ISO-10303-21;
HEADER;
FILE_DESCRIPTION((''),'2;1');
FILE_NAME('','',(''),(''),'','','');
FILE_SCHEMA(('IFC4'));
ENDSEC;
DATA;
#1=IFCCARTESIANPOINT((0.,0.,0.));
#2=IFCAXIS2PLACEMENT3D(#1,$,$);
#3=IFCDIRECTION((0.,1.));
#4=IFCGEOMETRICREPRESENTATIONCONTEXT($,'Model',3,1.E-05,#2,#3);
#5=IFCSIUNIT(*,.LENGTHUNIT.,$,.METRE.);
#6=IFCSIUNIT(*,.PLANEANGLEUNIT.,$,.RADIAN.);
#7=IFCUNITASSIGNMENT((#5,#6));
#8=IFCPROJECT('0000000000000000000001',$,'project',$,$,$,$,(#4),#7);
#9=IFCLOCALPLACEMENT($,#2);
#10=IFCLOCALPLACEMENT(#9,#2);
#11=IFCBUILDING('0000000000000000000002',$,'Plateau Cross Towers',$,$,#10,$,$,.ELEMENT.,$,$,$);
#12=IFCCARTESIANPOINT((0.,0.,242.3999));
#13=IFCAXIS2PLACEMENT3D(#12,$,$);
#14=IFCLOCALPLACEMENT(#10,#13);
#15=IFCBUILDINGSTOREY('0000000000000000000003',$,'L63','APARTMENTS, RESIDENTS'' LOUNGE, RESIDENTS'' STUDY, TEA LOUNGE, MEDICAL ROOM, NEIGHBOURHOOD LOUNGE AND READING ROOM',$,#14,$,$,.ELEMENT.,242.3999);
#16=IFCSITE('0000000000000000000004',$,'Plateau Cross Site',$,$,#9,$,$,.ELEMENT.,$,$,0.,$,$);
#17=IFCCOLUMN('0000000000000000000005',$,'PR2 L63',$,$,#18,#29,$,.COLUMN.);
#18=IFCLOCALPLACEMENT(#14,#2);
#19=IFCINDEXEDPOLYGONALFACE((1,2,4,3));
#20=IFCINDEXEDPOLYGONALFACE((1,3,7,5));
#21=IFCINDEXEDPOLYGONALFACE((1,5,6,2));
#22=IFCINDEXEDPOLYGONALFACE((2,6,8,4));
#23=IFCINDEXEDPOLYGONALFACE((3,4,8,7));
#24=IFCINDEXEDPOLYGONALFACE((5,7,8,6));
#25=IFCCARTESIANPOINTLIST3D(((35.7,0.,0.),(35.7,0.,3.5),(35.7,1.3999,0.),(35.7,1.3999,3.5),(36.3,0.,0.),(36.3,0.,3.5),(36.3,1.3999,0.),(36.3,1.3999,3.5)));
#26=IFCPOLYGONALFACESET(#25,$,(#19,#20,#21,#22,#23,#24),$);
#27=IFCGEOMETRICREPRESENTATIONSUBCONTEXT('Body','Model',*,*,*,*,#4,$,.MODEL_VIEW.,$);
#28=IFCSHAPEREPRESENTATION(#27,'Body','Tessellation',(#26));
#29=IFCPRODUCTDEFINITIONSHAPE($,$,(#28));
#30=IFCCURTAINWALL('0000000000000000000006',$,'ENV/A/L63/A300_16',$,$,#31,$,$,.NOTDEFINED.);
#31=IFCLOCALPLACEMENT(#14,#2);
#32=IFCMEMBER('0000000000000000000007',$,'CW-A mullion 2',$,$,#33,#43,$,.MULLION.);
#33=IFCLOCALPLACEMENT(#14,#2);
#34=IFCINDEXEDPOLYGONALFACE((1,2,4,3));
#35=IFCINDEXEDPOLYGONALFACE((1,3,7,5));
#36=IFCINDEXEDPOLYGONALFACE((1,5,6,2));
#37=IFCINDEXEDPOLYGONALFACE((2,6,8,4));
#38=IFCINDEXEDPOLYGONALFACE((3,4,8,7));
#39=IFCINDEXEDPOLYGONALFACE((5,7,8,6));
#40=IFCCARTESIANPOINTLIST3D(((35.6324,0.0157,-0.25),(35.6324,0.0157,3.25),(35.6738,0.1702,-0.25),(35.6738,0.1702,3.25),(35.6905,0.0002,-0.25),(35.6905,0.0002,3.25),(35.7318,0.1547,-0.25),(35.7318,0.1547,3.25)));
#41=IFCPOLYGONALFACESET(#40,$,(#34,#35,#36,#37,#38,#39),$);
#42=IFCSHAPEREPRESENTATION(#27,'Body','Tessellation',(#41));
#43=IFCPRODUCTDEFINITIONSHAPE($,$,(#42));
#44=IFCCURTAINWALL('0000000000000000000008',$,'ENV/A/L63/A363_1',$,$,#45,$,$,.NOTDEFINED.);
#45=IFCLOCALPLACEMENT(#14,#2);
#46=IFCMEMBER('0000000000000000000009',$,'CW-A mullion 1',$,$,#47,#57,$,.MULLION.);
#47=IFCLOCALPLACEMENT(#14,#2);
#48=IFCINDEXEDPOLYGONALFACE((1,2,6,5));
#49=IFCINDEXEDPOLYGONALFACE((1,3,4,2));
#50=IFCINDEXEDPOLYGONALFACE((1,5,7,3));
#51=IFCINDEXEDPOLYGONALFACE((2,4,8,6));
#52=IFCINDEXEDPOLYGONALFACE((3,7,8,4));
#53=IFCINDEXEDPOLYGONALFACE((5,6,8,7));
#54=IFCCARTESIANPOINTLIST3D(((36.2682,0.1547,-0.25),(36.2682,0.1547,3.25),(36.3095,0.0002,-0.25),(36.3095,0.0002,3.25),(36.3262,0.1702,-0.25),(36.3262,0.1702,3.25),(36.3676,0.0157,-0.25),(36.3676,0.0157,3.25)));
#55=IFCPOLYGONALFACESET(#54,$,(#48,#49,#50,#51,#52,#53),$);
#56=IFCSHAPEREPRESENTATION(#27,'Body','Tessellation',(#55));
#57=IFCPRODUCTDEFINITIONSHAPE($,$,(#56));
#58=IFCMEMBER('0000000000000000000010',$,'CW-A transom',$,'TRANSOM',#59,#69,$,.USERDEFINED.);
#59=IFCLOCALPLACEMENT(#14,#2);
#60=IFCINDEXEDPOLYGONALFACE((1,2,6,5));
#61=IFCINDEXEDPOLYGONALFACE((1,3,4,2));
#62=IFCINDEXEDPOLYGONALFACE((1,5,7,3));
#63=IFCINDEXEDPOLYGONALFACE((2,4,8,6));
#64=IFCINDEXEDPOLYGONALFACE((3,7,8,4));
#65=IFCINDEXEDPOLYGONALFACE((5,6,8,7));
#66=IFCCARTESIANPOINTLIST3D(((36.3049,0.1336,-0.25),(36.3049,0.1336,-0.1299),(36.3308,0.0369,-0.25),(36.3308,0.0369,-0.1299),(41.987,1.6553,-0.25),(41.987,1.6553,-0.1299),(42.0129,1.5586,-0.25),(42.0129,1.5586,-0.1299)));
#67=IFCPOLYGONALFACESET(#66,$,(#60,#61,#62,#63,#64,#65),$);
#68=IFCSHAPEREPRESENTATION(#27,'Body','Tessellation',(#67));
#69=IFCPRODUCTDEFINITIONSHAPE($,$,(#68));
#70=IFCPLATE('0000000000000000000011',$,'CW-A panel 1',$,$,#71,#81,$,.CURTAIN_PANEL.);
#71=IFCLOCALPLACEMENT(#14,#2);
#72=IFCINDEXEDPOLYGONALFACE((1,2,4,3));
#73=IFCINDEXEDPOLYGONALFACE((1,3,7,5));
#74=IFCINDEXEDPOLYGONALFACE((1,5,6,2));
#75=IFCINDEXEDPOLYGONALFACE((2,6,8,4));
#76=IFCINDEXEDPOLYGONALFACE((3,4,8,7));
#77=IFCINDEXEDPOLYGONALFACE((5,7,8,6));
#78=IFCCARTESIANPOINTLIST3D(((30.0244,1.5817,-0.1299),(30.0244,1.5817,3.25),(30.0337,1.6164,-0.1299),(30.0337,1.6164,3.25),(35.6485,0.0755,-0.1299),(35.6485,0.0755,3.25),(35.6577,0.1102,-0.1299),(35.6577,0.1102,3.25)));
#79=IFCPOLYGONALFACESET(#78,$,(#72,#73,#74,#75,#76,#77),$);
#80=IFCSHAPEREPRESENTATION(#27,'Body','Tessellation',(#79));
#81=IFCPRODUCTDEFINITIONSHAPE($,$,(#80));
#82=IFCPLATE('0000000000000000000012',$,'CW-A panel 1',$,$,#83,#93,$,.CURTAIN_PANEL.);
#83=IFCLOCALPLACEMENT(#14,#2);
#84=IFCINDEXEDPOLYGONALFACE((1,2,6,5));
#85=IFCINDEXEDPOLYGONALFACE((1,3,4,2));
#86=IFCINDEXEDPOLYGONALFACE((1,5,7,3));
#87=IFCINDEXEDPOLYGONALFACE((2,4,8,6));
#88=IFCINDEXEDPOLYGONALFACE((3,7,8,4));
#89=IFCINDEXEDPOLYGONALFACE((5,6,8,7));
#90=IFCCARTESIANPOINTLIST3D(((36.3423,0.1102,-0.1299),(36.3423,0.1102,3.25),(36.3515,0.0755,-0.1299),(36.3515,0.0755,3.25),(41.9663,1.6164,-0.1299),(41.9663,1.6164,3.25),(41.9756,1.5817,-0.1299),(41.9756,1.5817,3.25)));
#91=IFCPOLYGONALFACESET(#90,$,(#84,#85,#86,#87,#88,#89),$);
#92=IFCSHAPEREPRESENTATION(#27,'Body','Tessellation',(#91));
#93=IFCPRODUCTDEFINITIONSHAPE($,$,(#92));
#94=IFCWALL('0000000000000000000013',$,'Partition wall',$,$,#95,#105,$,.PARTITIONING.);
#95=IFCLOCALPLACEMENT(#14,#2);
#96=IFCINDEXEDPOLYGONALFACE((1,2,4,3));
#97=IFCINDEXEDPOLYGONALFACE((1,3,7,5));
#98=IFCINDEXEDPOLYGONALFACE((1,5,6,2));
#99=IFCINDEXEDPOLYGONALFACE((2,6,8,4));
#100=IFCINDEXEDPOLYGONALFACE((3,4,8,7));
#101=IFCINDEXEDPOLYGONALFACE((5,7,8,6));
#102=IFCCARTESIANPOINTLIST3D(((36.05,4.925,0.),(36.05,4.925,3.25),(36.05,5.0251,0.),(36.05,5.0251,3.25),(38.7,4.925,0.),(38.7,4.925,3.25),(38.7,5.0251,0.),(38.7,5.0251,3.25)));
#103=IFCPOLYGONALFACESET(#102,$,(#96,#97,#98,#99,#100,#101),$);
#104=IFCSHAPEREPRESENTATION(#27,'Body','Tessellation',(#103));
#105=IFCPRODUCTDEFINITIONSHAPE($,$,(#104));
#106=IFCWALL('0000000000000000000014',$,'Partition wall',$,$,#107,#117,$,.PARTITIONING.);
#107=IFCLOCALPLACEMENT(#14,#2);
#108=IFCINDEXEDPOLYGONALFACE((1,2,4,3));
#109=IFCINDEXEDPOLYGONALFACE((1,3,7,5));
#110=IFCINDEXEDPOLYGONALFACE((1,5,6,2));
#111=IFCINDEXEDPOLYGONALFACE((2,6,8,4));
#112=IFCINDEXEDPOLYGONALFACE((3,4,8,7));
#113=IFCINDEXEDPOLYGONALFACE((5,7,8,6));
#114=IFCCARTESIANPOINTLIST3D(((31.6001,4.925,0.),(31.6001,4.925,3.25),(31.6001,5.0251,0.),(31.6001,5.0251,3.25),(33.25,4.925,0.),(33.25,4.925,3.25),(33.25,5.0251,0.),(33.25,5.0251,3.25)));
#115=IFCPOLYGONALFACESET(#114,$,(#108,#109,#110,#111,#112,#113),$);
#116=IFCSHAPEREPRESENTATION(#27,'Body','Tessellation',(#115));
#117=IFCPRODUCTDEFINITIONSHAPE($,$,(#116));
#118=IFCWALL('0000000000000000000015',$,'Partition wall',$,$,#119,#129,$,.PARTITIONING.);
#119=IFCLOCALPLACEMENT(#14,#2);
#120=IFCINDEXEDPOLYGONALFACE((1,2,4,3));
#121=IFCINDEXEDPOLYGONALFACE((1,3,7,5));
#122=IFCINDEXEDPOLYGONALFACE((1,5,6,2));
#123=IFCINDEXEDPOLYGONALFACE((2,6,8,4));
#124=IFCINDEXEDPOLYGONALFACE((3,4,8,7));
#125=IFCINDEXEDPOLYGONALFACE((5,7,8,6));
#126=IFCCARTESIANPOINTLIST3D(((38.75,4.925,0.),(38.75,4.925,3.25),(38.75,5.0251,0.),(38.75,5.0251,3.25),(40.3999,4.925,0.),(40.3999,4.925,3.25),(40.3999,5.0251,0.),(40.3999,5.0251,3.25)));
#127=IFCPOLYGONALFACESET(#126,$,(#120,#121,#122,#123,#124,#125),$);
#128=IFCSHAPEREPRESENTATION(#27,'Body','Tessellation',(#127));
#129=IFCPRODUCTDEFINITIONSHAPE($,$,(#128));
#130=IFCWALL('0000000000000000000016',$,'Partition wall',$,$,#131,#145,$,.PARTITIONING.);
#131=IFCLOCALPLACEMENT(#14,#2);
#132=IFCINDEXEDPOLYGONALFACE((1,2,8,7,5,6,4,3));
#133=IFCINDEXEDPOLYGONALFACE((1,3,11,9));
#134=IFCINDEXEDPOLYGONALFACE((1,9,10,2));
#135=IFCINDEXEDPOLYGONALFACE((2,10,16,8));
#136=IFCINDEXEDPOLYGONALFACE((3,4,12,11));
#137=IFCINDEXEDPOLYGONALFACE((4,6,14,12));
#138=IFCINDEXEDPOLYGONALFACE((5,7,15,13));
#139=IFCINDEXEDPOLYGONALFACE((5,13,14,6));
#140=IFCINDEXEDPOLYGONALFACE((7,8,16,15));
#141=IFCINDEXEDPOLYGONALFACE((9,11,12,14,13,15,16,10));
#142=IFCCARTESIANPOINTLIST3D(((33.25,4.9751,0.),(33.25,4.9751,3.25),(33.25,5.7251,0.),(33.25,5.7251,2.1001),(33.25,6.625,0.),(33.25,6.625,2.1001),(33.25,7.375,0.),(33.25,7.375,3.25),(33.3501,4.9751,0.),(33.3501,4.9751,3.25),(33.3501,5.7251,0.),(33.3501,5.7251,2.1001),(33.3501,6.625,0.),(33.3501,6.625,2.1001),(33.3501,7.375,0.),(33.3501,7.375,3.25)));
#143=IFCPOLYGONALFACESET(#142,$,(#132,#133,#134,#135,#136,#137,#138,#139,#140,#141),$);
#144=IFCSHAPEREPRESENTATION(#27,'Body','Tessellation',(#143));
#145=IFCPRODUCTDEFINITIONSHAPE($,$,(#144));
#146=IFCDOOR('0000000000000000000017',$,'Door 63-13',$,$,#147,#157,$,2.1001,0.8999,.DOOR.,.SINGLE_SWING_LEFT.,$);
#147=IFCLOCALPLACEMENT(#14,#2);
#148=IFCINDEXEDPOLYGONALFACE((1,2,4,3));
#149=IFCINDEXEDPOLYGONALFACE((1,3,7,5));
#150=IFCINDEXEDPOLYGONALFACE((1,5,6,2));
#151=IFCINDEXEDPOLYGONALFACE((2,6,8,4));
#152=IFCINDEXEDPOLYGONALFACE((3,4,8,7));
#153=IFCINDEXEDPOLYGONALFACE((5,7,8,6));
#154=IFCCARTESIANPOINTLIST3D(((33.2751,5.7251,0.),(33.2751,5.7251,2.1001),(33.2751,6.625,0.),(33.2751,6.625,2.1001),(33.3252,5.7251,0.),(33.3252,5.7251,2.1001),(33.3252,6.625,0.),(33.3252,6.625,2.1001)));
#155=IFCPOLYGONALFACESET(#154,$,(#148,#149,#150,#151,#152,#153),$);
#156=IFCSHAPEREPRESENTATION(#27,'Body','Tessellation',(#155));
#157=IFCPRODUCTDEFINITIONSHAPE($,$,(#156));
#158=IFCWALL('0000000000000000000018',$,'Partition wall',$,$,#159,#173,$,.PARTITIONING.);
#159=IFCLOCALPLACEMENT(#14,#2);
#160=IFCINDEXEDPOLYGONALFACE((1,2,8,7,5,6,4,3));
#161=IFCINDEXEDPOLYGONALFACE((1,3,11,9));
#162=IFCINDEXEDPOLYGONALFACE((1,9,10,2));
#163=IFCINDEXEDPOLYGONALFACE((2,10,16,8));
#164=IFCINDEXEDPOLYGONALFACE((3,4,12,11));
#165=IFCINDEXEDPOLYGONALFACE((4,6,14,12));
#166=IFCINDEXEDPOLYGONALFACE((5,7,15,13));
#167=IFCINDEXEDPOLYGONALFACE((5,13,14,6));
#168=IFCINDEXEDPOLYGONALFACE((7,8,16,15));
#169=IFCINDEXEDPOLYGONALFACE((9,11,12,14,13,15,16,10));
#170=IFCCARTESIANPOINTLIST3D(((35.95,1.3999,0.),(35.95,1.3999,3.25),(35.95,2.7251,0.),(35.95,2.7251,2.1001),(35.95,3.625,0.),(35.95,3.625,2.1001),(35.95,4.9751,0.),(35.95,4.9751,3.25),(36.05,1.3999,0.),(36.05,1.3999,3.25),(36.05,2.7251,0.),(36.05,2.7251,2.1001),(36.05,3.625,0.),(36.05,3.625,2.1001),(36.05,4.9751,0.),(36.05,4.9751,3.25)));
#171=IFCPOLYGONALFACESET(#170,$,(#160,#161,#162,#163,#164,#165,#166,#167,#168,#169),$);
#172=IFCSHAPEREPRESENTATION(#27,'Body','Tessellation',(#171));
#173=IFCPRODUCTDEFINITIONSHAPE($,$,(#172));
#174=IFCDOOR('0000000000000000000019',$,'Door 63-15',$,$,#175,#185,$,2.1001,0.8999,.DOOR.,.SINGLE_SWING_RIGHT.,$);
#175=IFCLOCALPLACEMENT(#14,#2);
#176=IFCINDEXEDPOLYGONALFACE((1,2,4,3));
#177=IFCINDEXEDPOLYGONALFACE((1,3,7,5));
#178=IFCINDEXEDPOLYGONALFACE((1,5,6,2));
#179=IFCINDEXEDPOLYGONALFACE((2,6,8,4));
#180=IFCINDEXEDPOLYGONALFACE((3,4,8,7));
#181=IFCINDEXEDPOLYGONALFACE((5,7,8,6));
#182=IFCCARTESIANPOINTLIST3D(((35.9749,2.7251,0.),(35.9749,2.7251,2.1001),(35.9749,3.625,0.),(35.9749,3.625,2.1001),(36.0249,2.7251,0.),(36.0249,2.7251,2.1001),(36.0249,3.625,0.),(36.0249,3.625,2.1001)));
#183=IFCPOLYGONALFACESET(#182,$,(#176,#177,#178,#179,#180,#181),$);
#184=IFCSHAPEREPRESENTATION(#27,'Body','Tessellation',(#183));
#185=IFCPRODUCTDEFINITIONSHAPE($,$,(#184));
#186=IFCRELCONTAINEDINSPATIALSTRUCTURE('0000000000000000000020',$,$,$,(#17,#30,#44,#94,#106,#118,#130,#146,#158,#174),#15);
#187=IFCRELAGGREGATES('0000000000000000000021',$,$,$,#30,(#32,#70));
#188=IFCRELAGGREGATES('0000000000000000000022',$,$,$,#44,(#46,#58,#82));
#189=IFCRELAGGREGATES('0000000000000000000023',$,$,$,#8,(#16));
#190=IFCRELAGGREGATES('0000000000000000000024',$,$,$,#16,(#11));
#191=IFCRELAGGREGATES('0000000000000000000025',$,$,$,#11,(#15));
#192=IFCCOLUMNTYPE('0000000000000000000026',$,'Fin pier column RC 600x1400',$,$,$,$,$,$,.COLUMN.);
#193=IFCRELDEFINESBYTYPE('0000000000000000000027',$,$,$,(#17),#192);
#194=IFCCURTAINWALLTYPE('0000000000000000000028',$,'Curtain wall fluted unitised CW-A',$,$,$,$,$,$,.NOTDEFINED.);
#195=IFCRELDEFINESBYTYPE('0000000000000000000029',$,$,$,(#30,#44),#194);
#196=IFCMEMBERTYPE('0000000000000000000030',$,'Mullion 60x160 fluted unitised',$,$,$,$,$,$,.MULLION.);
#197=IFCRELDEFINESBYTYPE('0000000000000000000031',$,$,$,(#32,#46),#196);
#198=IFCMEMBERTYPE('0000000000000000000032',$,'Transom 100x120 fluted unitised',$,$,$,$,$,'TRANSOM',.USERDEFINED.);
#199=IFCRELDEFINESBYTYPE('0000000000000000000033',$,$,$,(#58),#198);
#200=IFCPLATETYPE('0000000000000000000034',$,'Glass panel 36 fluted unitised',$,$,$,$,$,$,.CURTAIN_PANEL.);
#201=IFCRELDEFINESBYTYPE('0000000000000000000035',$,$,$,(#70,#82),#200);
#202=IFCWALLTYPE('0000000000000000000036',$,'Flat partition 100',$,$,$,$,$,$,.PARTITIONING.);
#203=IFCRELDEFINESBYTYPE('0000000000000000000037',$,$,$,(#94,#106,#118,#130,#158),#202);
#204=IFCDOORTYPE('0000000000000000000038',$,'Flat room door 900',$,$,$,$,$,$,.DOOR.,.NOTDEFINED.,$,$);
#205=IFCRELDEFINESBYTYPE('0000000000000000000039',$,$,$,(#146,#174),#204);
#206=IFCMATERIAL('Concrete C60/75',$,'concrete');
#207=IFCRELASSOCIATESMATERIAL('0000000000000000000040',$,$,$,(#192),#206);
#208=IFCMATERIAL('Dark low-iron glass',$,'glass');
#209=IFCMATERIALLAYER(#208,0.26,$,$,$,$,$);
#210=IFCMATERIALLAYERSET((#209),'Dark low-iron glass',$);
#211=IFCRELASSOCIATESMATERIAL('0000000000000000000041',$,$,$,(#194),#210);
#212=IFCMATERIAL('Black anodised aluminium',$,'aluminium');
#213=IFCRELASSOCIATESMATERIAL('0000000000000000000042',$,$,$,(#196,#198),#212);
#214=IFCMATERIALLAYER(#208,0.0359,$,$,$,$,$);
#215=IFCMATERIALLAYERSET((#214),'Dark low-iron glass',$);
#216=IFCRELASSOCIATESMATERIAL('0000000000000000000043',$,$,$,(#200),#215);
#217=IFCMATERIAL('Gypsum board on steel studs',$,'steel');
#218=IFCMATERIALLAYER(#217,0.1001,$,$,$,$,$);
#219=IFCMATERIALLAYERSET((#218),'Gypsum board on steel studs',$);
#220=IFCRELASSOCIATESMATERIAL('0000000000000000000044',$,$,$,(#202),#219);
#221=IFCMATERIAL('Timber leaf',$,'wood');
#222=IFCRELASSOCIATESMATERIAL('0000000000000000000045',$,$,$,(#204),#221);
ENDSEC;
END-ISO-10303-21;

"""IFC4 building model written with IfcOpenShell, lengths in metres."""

from ifc_helpers import new_model, si_unit, direction, frame, frame_2d, origin, origin_2d, place, context, subcontext, project, spatial, rectangle, extrude, material, layer, layer_set, material_profile, profile_set, type_object, element, fill, aggregate, save


model = new_model("IFC4")

# Units and contexts
model_context = context("Model", 3, precision=1e-05, world=origin(), true_north=direction((0.0, 1.0)))
body_context = subcontext(model_context, "Body", "Model", "MODEL_VIEW")
ifc_project = project(units=[si_unit("LENGTHUNIT", "METRE"), si_unit("PLANEANGLEUNIT", "RADIAN")], contexts=[model_context])

# Site, building, storey
site_placement = place(None, origin())
site = spatial("IfcSite", under=ifc_project, at=site_placement, Name="Plateau Cross Site", CompositionType="ELEMENT", RefElevation=0.0)
building_placement = place(site_placement, origin())
building = spatial("IfcBuilding", under=site, at=building_placement, Name="Plateau Cross Towers", CompositionType="ELEMENT")
storey_placement = place(building_placement, frame((0.0, 0.0, 242.3999)))
storey = spatial("IfcBuildingStorey", under=building, at=storey_placement, Name="L63", Description="APARTMENTS, RESIDENTS' LOUNGE, RESIDENTS' STUDY, TEA LOUNGE, MEDICAL ROOM, NEIGHBOURHOOD LOUNGE AND READING ROOM", CompositionType="ELEMENT", Elevation=242.3999)

# Column
ifc_material_1 = material(Name="Concrete C60/75", Category="concrete")
ifc_material_profile_1 = material_profile(ifc_material_1, rectangle(XDim=0.6001, YDim=1.3999, at=origin_2d()), Name="RC 600x1400")
ifc_profile_set_1 = profile_set([ifc_material_profile_1], Name="Concrete C60/75")
column_type = type_object("IfcColumnType", Name="Fin pier column RC 600x1400", PredefinedType="COLUMN", material=ifc_profile_set_1)
column_placement = place(storey_placement, frame((36.0, 0.7, 0.0), z_axis=(0.0, 0.0, 1.0), x_axis=(1.0, 0.0, 0.0)))
element("IfcColumn", 1, at=column_placement, inside=storey, type_object=column_type, Name="PR2 L63", PredefinedType="COLUMN", context=body_context, shape_type="SweptSolid", body=[
    extrude(rectangle(XDim=0.6001, YDim=1.3999, at=origin_2d()), origin(), (0.0, 0.0, 1.0), 3.5),
])

# Curtain wall, member
ifc_material_2 = material(Name="Dark low-iron glass", Category="glass")
ifc_layer_1 = layer(ifc_material_2, 0.26)
ifc_layer_set_1 = layer_set([ifc_layer_1], Name="Dark low-iron glass")
curtain_wall_type = type_object("IfcCurtainWallType", Name="Curtain wall fluted unitised CW-A", PredefinedType="NOTDEFINED", material=ifc_layer_set_1)
curtain_wall_1_placement = place(storey_placement, origin())
curtain_wall_1 = element("IfcCurtainWall", 2, at=curtain_wall_1_placement, inside=storey, type_object=curtain_wall_type, Name="ENV/A/L63/A300_16", PredefinedType="NOTDEFINED")
ifc_material_3 = material(Name="Black anodised aluminium", Category="aluminium")
ifc_material_profile_2 = material_profile(ifc_material_3, rectangle(XDim=0.0601, YDim=0.1599, at=origin_2d()), Name="MULLION 60x160")
ifc_profile_set_2 = profile_set([ifc_material_profile_2], Name="Black anodised aluminium")
member_type_1 = type_object("IfcMemberType", Name="Mullion 60x160 fluted unitised", PredefinedType="MULLION", material=ifc_profile_set_2)
member_1_placement = place(storey_placement, frame((35.6821, 0.0852, -0.25), z_axis=(0.0, 0.0, 1.0), x_axis=(0.965958, -0.258699, 0.0)))
member_1 = element("IfcMember", 3, at=member_1_placement, type_object=member_type_1, Name="CW-A mullion 2", PredefinedType="MULLION", context=body_context, shape_type="SweptSolid", body=[
    extrude(rectangle(XDim=0.0601, YDim=0.1599, at=origin_2d()), origin(), (0.0, 0.0, 1.0), 3.5),
])

# Curtain wall, members
curtain_wall_2_placement = place(storey_placement, origin())
curtain_wall_2 = element("IfcCurtainWall", 4, at=curtain_wall_2_placement, inside=storey, type_object=curtain_wall_type, Name="ENV/A/L63/A363_1", PredefinedType="NOTDEFINED")
member_2_placement = place(storey_placement, frame((36.3179, 0.0852, -0.25), z_axis=(0.0, 0.0, 1.0), x_axis=(0.965958, 0.258699, 0.0)))
member_2 = element("IfcMember", 5, at=member_2_placement, type_object=member_type_1, Name="CW-A mullion 1", PredefinedType="MULLION", context=body_context, shape_type="SweptSolid", body=[
    extrude(rectangle(XDim=0.0601, YDim=0.1599, at=origin_2d()), origin(), (0.0, 0.0, 1.0), 3.5),
])
ifc_material_profile_3 = material_profile(ifc_material_3, rectangle(XDim=0.1001, YDim=0.1201, at=origin_2d()), Name="TRANSOM 100x120")
ifc_profile_set_3 = profile_set([ifc_material_profile_3], Name="Black anodised aluminium")
member_type_2 = type_object("IfcMemberType", Name="Transom 100x120 fluted unitised", ElementType="TRANSOM", PredefinedType="USERDEFINED", material=ifc_profile_set_3)
member_3_placement = place(storey_placement, frame((36.3179, 0.0852, -0.1899), z_axis=(0.96596, 0.258693, 0.0), x_axis=(-0.258693, 0.96596, 0.0)))
member_3 = element("IfcMember", 6, at=member_3_placement, type_object=member_type_2, Name="CW-A transom", ObjectType="TRANSOM", PredefinedType="USERDEFINED", context=body_context, shape_type="SweptSolid", body=[
    extrude(rectangle(XDim=0.1001, YDim=0.1201, at=origin_2d()), origin(), (0.0, 0.0, 1.0), 5.8823),
])

# Plates
ifc_layer_2 = layer(ifc_material_2, 0.0359)
ifc_layer_set_2 = layer_set([ifc_layer_2], Name="Dark low-iron glass")
plate_type = type_object("IfcPlateType", Name="Glass panel 36 fluted unitised", PredefinedType="CURTAIN_PANEL", material=ifc_layer_set_2)
plate_1_placement = place(storey_placement, frame((32.8411, 0.8459, -0.1299), z_axis=(0.0, 0.0, 1.0), x_axis=(0.965958, -0.258699, 0.0)))
plate_1 = element("IfcPlate", 7, at=plate_1_placement, type_object=plate_type, Name="CW-A panel 1", PredefinedType="CURTAIN_PANEL", context=body_context, shape_type="SweptSolid", body=[
    extrude(rectangle(XDim=5.8223, YDim=0.0359, at=origin_2d()), origin(), (0.0, 0.0, 1.0), 3.3799),
])
aggregate(curtain_wall_1, [member_1, plate_1])
plate_2_placement = place(storey_placement, frame((39.1589, 0.8459, -0.1299), z_axis=(0.0, 0.0, 1.0), x_axis=(0.965958, 0.258699, 0.0)))
plate_2 = element("IfcPlate", 8, at=plate_2_placement, type_object=plate_type, Name="CW-A panel 1", PredefinedType="CURTAIN_PANEL", context=body_context, shape_type="SweptSolid", body=[
    extrude(rectangle(XDim=5.8223, YDim=0.0359, at=origin_2d()), origin(), (0.0, 0.0, 1.0), 3.3799),
])
aggregate(curtain_wall_2, [member_2, member_3, plate_2])

# Walls
ifc_material_4 = material(Name="Gypsum board on steel studs", Category="steel")
ifc_layer_3 = layer(ifc_material_4, 0.1001)
ifc_layer_set_3 = layer_set([ifc_layer_3], Name="Gypsum board on steel studs")
wall_type_1 = type_object("IfcWallType", Name="Flat partition 100", PredefinedType="PARTITIONING", material=ifc_layer_set_3)
wall_1_placement = place(storey_placement, frame((38.7, 4.9751, 0.0), z_axis=(0.0, 0.0, 1.0), x_axis=(-1.0, 0.0, 0.0)))
element("IfcWall", 9, at=wall_1_placement, inside=storey, type_object=wall_type_1, Name="Partition wall", PredefinedType="PARTITIONING", context=body_context, shape_type="SweptSolid", body=[
    extrude(rectangle(XDim=2.6499, YDim=0.1001, at=frame_2d((1.325, 0.0))), origin(), (0.0, 0.0, 1.0), 3.25),
])
for number, where, z_axis, x_axis, name in (
    (10, (31.6001, 4.9751, 0.0), (0.0, 0.0, 1.0), (1.0, 0.0, 0.0), "Partition wall"),
    (11, (38.75, 4.9751, 0.0), (0.0, 0.0, 1.0), (1.0, 0.0, 0.0), "Partition wall"),
):
    element("IfcWall", number, at=place(storey_placement, frame(where, z_axis=z_axis, x_axis=x_axis)), inside=storey, type_object=wall_type_1, Name=name, PredefinedType="PARTITIONING", context=body_context, shape_type="SweptSolid", body=[
        extrude(rectangle(XDim=1.6499, YDim=0.1001, at=frame_2d((0.825, 0.0))), origin(), (0.0, 0.0, 1.0), 3.25),
    ])

# Walls, openings, doors
wall_2_placement = place(storey_placement, frame((33.3, 4.9751, 0.0), z_axis=(0.0, 0.0, 1.0), x_axis=(0.0, 1.0, 0.0)))
wall_2 = element("IfcWall", 12, at=wall_2_placement, inside=storey, type_object=wall_type_1, Name="Partition wall", PredefinedType="PARTITIONING", context=body_context, shape_type="SweptSolid", body=[
    extrude(rectangle(XDim=2.3999, YDim=0.1001, at=frame_2d((1.2, 0.0))), origin(), (0.0, 0.0, 1.0), 3.25),
])
opening_1_placement = place(wall_2_placement, frame((0.75, 0.0, 0.0)))
opening_1 = element("IfcOpeningElement", 13, at=opening_1_placement, cuts=wall_2, PredefinedType="OPENING", context=body_context, shape_type="SweptSolid", body=[
    extrude(rectangle(XDim=0.8999, YDim=2.1001, at=frame_2d((0.45, 1.05))), frame((0.0, 0.0601, 0.0), z_axis=(0.0, -1.0, 0.0), x_axis=(1.0, 0.0, 0.0)), (0.0, 0.0, 1.0), 0.1201),
])
ifc_material_5 = material(Name="Timber leaf", Category="wood")
door_type = type_object("IfcDoorType", Name="Flat room door 900", OperationType="NOTDEFINED", PredefinedType="DOOR", material=ifc_material_5)
door_1_placement = place(opening_1_placement, origin())
door_1 = element("IfcDoor", 14, at=door_1_placement, inside=storey, type_object=door_type, Name="Door 63-13", OperationType="SINGLE_SWING_LEFT", OverallHeight=2.1001, OverallWidth=0.8999, PredefinedType="DOOR", context=body_context, shape_type="SweptSolid", body=[
    extrude(rectangle(XDim=0.8999, YDim=2.1001, at=frame_2d((0.45, 1.05))), frame((0.0, 0.0249, 0.0), z_axis=(0.0, -1.0, 0.0), x_axis=(1.0, 0.0, 0.0)), (0.0, 0.0, 1.0), 0.05),
])
fill(opening_1, door_1)
wall_3_placement = place(storey_placement, frame((36.0, 4.9751, 0.0), z_axis=(0.0, 0.0, 1.0), x_axis=(0.0, -1.0, 0.0)))
wall_3 = element("IfcWall", 15, at=wall_3_placement, inside=storey, type_object=wall_type_1, Name="Partition wall", PredefinedType="PARTITIONING", context=body_context, shape_type="SweptSolid", body=[
    extrude(rectangle(XDim=3.5752, YDim=0.1001, at=frame_2d((1.7876, 0.0))), origin(), (0.0, 0.0, 1.0), 3.25),
])
opening_2_placement = place(wall_3_placement, frame((1.3501, 0.0, 0.0)))
opening_2 = element("IfcOpeningElement", 16, at=opening_2_placement, cuts=wall_3, PredefinedType="OPENING", context=body_context, shape_type="SweptSolid", body=[
    extrude(rectangle(XDim=0.8999, YDim=2.1001, at=frame_2d((0.45, 1.05))), frame((0.0, 0.0601, 0.0), z_axis=(0.0, -1.0, 0.0), x_axis=(1.0, 0.0, 0.0)), (0.0, 0.0, 1.0), 0.1201),
])
door_2_placement = place(opening_2_placement, origin())
door_2 = element("IfcDoor", 17, at=door_2_placement, inside=storey, type_object=door_type, Name="Door 63-15", OperationType="SINGLE_SWING_RIGHT", OverallHeight=2.1001, OverallWidth=0.8999, PredefinedType="DOOR", context=body_context, shape_type="SweptSolid", body=[
    extrude(rectangle(XDim=0.8999, YDim=2.1001, at=frame_2d((0.45, 1.05))), frame((0.0, 0.0249, 0.0), z_axis=(0.0, -1.0, 0.0), x_axis=(1.0, 0.0, 0.0)), (0.0, 0.0, 1.0), 0.05),
])
fill(opening_2, door_2)

save(model, "model.ifc")
